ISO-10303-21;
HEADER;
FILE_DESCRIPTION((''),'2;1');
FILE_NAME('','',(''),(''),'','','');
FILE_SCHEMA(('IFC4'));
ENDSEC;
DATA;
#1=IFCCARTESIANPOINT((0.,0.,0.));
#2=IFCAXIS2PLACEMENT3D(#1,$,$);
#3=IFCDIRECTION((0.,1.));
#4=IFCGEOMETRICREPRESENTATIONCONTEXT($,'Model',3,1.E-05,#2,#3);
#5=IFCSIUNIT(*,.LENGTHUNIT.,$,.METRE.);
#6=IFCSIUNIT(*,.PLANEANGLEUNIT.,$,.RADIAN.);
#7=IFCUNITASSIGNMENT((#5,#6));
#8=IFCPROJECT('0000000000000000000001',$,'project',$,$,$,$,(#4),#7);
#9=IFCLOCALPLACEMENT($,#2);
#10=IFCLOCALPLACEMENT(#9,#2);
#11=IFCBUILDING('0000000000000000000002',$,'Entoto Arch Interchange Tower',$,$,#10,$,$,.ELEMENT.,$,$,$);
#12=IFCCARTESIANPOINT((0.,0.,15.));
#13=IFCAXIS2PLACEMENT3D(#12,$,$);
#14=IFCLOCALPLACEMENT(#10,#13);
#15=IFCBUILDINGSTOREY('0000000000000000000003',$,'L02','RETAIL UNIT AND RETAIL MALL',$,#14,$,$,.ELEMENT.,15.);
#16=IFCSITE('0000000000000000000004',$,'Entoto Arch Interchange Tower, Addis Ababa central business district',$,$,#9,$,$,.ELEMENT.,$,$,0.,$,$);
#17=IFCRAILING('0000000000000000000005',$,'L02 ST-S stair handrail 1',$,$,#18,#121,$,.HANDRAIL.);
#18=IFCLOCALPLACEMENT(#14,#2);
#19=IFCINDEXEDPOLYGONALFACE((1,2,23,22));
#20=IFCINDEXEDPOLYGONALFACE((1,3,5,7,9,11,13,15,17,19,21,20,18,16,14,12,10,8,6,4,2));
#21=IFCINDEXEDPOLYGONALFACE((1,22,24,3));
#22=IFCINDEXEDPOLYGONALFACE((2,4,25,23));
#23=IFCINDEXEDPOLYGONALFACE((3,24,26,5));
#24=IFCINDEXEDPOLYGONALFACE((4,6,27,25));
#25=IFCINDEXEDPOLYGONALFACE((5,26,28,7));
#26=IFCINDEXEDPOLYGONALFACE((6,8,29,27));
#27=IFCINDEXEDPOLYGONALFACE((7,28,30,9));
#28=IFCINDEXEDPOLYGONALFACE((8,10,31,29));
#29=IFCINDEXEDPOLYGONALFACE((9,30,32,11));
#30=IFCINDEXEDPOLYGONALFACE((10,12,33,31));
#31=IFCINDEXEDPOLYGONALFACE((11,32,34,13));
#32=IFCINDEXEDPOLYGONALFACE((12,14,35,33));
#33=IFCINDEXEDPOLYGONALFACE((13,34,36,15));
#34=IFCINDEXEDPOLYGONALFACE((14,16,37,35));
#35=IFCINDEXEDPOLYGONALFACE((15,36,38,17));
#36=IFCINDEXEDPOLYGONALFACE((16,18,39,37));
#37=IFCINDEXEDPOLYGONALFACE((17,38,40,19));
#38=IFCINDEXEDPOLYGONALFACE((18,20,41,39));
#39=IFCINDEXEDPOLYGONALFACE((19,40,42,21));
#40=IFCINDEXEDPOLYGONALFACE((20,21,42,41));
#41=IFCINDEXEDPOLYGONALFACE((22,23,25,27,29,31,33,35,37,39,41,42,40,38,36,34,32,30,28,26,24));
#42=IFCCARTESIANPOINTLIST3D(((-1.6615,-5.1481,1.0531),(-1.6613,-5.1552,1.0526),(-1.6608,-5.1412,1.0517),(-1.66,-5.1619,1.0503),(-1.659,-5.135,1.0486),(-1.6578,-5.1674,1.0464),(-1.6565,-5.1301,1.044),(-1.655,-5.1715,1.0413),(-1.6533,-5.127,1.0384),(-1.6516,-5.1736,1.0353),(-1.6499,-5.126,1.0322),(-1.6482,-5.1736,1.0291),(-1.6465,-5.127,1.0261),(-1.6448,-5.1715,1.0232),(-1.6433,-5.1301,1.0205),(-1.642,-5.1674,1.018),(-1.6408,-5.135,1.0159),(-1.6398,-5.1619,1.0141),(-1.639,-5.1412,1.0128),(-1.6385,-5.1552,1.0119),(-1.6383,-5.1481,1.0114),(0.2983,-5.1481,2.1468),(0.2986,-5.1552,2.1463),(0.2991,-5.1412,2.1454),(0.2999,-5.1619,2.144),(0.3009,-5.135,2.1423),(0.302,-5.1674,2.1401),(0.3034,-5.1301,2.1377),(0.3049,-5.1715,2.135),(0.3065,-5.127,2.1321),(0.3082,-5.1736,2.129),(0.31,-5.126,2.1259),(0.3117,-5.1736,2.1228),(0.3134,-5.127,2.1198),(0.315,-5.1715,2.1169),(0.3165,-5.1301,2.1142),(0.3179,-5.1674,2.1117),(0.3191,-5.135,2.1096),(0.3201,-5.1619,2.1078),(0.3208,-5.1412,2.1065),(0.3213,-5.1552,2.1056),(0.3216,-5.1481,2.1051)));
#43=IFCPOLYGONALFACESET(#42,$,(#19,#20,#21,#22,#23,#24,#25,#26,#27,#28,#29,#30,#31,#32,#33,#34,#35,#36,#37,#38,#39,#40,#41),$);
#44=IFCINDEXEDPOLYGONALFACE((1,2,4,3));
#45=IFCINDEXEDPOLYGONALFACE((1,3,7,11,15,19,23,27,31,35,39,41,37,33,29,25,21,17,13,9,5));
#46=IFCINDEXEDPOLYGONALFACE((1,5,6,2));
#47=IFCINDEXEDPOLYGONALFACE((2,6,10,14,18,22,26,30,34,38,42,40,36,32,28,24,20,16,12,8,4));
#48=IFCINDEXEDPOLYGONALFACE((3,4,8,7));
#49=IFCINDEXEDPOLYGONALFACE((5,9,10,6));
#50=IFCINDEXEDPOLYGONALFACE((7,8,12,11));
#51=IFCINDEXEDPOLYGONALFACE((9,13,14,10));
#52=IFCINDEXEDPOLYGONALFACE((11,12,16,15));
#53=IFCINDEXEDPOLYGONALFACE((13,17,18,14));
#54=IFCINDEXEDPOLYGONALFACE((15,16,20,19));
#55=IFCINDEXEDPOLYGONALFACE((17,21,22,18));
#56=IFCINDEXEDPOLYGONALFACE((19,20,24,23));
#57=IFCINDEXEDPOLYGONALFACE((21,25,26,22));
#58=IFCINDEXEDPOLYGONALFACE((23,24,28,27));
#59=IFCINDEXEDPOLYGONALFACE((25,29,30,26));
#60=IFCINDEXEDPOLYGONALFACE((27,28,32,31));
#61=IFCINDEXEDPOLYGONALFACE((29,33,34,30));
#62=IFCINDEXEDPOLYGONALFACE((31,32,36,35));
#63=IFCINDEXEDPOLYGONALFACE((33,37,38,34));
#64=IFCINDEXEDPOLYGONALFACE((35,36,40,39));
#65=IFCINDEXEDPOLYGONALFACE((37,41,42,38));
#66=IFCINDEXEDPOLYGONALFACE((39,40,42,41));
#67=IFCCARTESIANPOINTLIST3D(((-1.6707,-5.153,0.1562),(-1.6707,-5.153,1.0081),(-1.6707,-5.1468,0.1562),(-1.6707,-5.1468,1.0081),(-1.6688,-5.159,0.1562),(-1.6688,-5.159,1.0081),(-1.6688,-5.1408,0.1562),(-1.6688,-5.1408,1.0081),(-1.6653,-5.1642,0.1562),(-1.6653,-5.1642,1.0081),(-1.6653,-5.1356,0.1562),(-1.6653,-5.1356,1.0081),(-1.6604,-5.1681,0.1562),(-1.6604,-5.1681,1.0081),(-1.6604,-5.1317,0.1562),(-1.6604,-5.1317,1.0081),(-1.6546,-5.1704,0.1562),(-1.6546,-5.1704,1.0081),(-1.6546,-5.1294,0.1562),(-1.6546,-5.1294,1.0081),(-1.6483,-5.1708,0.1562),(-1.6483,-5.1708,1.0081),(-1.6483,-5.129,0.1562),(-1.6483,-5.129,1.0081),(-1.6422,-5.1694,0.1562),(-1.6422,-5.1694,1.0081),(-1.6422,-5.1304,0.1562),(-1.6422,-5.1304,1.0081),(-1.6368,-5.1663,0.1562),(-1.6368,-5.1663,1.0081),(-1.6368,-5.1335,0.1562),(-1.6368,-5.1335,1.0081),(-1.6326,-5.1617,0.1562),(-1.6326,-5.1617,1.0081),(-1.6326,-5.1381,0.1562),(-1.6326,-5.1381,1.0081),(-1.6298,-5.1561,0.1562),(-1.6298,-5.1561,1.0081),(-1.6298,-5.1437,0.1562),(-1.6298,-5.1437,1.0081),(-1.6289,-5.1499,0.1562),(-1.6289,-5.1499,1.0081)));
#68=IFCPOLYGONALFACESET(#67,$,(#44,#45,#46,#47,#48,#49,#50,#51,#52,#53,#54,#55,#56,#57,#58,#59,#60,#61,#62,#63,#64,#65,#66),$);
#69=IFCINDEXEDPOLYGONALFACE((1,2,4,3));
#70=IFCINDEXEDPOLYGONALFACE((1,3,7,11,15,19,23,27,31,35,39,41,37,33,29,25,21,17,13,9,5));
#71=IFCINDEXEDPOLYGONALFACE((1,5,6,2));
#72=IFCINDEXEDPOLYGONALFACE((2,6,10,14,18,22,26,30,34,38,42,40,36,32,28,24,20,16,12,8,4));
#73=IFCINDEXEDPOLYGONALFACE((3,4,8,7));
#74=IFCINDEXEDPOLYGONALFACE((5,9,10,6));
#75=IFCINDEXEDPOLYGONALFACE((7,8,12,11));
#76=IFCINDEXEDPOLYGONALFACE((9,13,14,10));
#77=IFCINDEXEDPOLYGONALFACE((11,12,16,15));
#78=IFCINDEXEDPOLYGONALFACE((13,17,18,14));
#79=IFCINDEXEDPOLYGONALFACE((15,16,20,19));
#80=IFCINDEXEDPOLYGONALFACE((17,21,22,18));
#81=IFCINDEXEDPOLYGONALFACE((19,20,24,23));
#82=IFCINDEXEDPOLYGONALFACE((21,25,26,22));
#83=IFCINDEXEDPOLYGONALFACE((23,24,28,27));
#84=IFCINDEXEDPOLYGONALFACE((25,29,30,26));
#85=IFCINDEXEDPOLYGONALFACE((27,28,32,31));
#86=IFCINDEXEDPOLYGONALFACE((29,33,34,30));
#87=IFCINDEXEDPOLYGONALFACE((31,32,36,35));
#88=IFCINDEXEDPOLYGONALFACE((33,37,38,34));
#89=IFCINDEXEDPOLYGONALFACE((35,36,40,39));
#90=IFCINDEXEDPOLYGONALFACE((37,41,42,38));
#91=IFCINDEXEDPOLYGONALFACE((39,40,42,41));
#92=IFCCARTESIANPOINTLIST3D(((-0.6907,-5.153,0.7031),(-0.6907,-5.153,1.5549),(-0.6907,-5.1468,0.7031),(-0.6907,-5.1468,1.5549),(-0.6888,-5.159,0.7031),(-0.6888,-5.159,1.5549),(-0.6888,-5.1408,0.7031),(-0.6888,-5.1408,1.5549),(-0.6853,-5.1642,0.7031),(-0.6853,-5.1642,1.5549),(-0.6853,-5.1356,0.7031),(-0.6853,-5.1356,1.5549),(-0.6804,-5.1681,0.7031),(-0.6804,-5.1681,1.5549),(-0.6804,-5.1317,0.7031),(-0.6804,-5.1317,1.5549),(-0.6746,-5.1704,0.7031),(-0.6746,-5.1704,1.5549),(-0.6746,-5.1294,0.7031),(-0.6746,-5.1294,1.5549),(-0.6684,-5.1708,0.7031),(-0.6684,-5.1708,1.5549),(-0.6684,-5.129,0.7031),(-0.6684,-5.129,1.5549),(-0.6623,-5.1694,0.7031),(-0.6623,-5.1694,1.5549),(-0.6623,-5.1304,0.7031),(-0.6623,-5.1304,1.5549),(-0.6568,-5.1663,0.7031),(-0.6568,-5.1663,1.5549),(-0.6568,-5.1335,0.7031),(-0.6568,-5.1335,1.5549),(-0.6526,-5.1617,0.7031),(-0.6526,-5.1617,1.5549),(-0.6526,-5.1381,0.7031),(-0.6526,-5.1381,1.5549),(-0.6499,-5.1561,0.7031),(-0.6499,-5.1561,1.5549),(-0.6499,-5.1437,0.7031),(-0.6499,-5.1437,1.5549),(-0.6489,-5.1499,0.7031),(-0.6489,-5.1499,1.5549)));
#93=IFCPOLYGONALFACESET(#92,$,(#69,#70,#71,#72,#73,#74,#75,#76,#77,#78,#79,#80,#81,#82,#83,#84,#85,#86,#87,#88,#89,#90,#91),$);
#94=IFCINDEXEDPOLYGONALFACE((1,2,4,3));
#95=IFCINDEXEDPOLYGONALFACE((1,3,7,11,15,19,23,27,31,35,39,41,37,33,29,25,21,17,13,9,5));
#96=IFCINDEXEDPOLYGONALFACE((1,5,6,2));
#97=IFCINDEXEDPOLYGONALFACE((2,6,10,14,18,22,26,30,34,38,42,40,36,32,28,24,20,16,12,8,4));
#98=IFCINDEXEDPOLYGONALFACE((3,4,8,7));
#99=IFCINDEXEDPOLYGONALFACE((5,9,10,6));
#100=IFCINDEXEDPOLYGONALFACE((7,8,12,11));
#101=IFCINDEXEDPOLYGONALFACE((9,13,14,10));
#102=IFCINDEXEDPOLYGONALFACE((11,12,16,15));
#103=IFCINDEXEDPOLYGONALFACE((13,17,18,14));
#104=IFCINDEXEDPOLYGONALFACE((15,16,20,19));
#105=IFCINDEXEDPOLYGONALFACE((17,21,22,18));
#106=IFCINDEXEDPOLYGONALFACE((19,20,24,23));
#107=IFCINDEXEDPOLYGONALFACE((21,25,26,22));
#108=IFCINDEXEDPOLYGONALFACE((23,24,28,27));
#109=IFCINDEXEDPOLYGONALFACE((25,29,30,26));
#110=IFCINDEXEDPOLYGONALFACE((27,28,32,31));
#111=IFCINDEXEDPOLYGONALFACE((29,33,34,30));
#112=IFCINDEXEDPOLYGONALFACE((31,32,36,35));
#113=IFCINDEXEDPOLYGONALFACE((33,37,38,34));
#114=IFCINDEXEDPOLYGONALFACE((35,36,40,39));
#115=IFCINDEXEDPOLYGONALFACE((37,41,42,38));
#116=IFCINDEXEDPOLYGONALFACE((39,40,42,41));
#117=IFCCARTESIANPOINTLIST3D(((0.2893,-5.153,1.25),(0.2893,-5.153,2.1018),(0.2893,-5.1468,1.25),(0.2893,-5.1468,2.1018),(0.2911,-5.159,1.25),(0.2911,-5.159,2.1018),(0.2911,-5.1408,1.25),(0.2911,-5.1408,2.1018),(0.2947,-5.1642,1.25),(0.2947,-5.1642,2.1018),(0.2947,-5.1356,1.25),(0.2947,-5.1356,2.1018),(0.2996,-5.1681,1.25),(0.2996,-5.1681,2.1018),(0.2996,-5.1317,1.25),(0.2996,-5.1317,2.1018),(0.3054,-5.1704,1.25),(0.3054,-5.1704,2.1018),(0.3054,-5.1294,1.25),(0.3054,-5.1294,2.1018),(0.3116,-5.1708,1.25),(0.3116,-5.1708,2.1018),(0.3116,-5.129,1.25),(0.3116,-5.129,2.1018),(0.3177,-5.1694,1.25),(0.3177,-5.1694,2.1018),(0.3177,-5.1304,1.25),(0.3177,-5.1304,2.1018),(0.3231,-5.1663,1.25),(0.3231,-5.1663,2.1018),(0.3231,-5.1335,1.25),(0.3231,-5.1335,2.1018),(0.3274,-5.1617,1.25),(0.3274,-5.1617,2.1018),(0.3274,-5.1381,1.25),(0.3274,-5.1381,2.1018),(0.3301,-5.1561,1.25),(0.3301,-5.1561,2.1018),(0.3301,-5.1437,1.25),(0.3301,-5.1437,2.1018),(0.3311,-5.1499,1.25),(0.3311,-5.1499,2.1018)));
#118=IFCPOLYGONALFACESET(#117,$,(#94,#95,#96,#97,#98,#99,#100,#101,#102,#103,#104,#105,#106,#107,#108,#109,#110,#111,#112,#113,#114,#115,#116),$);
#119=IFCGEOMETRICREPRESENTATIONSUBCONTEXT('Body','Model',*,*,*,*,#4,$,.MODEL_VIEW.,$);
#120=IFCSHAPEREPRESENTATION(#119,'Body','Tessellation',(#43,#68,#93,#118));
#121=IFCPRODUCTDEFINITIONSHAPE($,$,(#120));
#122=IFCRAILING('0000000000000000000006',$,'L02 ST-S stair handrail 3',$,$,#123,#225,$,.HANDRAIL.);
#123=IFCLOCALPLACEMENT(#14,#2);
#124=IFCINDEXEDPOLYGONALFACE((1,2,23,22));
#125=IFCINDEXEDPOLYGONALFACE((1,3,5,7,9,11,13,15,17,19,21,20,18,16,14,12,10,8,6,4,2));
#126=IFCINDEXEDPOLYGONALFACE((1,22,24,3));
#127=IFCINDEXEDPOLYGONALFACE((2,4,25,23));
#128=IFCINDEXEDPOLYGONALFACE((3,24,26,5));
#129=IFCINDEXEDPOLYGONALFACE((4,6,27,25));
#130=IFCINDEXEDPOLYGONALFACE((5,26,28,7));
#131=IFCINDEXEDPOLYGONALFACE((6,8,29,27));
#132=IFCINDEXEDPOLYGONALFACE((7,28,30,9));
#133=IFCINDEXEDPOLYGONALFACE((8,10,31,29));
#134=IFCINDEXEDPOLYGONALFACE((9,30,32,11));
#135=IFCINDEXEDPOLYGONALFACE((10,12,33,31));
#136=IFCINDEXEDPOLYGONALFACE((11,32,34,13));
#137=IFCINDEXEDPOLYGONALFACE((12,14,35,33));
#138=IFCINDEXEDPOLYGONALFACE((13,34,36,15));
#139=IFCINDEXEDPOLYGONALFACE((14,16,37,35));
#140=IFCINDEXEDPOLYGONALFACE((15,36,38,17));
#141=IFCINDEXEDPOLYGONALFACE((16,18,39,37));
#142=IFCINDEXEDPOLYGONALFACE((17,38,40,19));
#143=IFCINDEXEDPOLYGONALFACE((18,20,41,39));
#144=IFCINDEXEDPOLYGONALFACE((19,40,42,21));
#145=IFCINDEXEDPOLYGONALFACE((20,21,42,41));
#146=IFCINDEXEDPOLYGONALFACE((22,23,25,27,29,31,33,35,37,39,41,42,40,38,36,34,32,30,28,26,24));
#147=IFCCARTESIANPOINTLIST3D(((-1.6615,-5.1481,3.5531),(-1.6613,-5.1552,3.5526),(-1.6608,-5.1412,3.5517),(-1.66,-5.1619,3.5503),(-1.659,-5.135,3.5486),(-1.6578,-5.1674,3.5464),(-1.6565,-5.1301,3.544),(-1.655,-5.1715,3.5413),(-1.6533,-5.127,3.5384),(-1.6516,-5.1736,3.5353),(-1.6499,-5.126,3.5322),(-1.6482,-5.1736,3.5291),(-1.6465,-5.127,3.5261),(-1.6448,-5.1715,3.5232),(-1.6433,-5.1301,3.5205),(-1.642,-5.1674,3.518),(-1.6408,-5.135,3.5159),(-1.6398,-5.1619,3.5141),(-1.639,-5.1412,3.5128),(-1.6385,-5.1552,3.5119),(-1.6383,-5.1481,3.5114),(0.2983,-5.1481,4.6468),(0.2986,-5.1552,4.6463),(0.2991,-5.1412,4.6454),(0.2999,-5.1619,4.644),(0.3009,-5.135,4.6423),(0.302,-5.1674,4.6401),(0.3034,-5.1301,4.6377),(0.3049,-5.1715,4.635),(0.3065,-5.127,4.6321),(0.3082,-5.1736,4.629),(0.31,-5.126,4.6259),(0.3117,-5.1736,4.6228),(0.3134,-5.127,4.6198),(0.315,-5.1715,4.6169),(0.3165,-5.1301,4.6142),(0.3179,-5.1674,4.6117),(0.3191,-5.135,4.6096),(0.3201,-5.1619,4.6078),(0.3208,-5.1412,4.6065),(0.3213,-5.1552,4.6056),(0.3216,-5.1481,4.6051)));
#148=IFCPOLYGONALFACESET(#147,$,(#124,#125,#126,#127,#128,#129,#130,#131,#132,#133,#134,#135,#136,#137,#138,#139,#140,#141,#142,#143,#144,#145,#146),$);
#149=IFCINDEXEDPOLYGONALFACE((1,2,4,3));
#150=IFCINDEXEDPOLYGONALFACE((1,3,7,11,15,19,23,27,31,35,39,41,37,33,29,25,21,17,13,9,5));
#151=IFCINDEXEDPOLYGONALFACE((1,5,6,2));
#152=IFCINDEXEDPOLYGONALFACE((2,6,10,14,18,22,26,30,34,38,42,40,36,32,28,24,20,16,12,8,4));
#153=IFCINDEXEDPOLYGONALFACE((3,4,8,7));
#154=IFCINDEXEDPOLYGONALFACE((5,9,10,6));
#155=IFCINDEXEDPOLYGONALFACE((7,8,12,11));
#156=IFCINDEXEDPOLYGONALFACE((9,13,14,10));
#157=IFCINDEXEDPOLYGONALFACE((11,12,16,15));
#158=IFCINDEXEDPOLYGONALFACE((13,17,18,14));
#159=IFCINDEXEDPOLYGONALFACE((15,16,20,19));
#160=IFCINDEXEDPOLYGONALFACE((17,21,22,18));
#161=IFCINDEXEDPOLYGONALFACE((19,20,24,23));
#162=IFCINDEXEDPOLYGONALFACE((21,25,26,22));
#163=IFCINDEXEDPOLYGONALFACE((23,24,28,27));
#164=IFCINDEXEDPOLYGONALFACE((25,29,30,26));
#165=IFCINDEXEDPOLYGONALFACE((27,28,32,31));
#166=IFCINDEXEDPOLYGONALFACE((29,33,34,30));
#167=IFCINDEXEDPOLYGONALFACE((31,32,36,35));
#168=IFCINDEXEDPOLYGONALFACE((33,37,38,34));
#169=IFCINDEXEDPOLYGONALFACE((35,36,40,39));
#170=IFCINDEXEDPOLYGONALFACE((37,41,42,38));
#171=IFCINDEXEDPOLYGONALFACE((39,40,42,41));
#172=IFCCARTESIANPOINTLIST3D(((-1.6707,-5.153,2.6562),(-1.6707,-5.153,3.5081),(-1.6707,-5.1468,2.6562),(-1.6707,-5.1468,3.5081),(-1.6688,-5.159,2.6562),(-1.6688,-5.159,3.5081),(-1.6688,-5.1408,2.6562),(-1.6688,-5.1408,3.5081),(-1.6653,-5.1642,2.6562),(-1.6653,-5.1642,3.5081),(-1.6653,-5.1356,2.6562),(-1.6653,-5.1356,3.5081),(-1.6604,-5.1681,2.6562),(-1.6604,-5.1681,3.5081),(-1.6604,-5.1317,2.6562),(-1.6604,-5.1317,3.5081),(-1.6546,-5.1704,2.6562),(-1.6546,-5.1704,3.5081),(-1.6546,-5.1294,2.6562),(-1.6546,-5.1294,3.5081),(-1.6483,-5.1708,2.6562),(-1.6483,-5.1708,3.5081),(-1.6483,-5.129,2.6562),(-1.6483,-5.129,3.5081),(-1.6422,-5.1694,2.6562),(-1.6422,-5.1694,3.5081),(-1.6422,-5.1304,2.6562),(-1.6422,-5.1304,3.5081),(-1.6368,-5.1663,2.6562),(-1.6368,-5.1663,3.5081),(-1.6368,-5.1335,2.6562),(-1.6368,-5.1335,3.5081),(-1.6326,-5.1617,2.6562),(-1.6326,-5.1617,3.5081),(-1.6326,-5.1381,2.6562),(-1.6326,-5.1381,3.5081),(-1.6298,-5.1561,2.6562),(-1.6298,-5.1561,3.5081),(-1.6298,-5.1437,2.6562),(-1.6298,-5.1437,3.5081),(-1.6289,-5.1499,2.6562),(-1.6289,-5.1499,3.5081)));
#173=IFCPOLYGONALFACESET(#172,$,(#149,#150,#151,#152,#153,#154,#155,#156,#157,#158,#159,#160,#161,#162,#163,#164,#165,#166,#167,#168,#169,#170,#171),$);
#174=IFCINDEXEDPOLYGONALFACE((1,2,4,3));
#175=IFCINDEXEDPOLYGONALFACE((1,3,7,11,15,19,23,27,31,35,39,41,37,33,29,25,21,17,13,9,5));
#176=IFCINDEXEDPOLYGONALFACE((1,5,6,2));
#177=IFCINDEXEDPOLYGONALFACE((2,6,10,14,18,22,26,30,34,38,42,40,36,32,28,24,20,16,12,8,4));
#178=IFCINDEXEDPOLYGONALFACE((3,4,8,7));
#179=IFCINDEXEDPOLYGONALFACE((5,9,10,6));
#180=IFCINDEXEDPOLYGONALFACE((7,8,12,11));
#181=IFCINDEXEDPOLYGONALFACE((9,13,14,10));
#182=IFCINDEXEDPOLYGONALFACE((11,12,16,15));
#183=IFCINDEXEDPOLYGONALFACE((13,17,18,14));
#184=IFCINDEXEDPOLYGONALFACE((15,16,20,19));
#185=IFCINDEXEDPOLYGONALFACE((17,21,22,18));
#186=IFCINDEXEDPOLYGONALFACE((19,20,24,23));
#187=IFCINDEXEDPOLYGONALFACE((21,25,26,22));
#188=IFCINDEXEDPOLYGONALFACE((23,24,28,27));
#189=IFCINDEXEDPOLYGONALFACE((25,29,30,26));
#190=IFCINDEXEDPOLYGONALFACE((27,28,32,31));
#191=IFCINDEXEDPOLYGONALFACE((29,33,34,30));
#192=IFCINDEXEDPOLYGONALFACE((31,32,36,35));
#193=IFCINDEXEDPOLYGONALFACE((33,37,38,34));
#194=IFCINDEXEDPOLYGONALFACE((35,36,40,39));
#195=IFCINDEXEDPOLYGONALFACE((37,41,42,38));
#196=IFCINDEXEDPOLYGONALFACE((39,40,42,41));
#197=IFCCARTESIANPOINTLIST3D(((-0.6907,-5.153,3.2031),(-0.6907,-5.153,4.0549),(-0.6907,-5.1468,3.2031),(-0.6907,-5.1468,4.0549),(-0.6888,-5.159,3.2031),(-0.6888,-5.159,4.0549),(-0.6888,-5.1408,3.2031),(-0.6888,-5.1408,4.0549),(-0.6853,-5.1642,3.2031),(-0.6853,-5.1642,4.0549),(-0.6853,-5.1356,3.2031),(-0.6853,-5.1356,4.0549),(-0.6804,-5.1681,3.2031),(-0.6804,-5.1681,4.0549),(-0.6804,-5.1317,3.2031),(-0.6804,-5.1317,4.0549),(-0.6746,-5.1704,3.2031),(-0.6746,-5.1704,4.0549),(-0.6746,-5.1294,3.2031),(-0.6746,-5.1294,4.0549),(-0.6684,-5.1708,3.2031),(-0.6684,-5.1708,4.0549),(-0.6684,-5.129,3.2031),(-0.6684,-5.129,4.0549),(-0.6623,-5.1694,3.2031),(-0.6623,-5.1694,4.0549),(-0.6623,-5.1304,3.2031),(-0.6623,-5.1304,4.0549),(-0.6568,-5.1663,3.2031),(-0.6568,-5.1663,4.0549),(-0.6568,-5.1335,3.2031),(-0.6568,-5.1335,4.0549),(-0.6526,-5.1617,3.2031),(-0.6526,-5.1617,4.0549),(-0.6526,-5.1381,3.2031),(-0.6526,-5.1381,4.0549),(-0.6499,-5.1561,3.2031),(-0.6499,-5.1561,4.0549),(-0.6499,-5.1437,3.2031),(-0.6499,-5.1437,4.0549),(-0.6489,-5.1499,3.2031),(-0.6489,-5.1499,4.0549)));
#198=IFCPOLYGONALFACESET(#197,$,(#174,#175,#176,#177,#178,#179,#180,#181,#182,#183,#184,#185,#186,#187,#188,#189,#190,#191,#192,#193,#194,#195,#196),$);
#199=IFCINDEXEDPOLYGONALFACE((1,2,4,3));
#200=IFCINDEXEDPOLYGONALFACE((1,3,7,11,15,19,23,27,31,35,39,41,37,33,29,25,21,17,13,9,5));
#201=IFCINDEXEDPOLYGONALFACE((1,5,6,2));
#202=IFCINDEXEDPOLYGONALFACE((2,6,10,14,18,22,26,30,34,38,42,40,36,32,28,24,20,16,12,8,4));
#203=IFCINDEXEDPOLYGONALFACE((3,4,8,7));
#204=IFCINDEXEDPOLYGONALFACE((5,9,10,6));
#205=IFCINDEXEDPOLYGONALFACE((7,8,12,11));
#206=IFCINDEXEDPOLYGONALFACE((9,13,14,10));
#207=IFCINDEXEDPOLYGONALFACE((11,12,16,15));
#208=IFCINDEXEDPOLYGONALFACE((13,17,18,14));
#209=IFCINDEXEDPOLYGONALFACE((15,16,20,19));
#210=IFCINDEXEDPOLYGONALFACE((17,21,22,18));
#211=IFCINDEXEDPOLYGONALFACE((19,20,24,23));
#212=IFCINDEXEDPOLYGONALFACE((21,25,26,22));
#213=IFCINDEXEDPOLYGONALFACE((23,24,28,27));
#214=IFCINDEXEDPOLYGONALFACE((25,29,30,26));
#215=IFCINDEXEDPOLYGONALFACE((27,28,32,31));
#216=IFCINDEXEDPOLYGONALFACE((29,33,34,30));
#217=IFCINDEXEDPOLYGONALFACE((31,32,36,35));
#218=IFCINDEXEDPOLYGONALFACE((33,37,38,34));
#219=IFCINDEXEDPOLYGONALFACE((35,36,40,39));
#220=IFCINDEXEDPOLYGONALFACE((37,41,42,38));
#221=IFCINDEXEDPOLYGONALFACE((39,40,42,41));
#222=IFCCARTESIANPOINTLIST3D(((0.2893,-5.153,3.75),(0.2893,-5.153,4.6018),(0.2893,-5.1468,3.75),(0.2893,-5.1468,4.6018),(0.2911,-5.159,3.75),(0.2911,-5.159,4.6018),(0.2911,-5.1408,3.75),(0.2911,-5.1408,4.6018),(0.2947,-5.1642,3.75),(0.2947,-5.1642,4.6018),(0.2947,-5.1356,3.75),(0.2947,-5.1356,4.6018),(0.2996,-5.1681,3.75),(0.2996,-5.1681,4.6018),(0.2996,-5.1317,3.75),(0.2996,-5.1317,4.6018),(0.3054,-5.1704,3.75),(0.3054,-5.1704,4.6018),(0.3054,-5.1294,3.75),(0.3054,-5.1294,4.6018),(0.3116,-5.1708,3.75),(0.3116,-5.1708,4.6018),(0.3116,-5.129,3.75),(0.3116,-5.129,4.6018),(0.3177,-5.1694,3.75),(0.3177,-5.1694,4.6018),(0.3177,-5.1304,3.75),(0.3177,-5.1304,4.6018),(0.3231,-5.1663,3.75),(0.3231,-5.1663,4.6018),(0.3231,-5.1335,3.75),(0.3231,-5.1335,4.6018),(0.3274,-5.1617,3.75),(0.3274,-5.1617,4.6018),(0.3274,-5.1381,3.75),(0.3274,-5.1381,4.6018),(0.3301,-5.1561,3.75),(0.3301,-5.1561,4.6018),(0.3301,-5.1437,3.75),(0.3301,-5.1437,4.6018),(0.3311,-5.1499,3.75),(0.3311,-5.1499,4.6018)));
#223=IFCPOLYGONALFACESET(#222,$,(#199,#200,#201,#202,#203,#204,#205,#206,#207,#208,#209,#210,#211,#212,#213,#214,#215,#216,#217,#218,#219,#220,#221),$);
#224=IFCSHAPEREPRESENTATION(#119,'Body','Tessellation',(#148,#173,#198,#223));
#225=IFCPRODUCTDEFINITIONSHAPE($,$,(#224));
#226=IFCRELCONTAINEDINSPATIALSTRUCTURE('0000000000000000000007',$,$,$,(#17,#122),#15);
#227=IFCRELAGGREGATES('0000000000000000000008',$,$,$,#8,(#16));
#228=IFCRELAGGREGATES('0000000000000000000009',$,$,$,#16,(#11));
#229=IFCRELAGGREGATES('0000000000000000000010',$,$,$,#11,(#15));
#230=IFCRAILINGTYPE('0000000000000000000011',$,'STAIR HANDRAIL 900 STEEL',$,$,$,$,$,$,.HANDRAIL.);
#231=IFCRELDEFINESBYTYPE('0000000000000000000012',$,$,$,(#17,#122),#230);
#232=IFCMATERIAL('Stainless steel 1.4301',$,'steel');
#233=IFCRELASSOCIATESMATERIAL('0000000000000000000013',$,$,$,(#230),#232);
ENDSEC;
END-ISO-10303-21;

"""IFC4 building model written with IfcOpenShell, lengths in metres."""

from ifc_helpers import new_model, si_unit, direction, frame, origin, origin_2d, place, context, subcontext, project, spatial, circle, extrude, material, type_object, element, save


model = new_model("IFC4")

# Units and contexts
model_context = context("Model", 3, precision=1e-05, world=origin(), true_north=direction((0.0, 1.0)))
body_context = subcontext(model_context, "Body", "Model", "MODEL_VIEW")
ifc_project = project(units=[si_unit("LENGTHUNIT", "METRE"), si_unit("PLANEANGLEUNIT", "RADIAN")], contexts=[model_context])

# Site, building, storey
site_placement = place(None, origin())
site = spatial("IfcSite", under=ifc_project, at=site_placement, Name="Entoto Arch Interchange Tower, Addis Ababa central business district", CompositionType="ELEMENT", RefElevation=0.0)
building_placement = place(site_placement, origin())
building = spatial("IfcBuilding", under=site, at=building_placement, Name="Entoto Arch Interchange Tower", CompositionType="ELEMENT")
storey_placement = place(building_placement, frame((0.0, 0.0, 15.0)))
storey = spatial("IfcBuildingStorey", under=building, at=storey_placement, Name="L02", Description="RETAIL UNIT AND RETAIL MALL", CompositionType="ELEMENT", Elevation=15.0)

# Railings
ifc_material_1 = material(Name="Stainless steel 1.4301", Category="steel")
railing_type_1 = type_object("IfcRailingType", Name="STAIR HANDRAIL 900 STEEL", PredefinedType="HANDRAIL", material=ifc_material_1)
for number, where, name in (
    (1, (-1.6499, -5.1499, 0.1562), "L02 ST-S stair handrail 1"),
    (2, (-1.6499, -5.1499, 2.6562), "L02 ST-S stair handrail 3"),
):
    element("IfcRailing", number, at=place(storey_placement, frame(where)), inside=storey, type_object=railing_type_1, Name=name, PredefinedType="HANDRAIL", context=body_context, shape_type="SweptSolid", body=[
        extrude(circle(Radius=0.0239, at=origin_2d()), frame((0.0, 0.0, 0.876), z_axis=(0.873232, 0.0, 0.487304), x_axis=(0.0, 1.0, 0.0)), (0.0, 0.0, 1.0), 2.2444),
        extrude(circle(Radius=0.021, at=origin_2d()), origin(), (0.0, 0.0, 1.0), 0.8518),
        extrude(circle(Radius=0.021, at=origin_2d()), frame((0.98, 0.0, 0.5469)), (0.0, 0.0, 1.0), 0.8518),
        extrude(circle(Radius=0.021, at=origin_2d()), frame((1.96, 0.0, 1.0938)), (0.0, 0.0, 1.0), 0.8518),
    ])

save(model, "model.ifc")
